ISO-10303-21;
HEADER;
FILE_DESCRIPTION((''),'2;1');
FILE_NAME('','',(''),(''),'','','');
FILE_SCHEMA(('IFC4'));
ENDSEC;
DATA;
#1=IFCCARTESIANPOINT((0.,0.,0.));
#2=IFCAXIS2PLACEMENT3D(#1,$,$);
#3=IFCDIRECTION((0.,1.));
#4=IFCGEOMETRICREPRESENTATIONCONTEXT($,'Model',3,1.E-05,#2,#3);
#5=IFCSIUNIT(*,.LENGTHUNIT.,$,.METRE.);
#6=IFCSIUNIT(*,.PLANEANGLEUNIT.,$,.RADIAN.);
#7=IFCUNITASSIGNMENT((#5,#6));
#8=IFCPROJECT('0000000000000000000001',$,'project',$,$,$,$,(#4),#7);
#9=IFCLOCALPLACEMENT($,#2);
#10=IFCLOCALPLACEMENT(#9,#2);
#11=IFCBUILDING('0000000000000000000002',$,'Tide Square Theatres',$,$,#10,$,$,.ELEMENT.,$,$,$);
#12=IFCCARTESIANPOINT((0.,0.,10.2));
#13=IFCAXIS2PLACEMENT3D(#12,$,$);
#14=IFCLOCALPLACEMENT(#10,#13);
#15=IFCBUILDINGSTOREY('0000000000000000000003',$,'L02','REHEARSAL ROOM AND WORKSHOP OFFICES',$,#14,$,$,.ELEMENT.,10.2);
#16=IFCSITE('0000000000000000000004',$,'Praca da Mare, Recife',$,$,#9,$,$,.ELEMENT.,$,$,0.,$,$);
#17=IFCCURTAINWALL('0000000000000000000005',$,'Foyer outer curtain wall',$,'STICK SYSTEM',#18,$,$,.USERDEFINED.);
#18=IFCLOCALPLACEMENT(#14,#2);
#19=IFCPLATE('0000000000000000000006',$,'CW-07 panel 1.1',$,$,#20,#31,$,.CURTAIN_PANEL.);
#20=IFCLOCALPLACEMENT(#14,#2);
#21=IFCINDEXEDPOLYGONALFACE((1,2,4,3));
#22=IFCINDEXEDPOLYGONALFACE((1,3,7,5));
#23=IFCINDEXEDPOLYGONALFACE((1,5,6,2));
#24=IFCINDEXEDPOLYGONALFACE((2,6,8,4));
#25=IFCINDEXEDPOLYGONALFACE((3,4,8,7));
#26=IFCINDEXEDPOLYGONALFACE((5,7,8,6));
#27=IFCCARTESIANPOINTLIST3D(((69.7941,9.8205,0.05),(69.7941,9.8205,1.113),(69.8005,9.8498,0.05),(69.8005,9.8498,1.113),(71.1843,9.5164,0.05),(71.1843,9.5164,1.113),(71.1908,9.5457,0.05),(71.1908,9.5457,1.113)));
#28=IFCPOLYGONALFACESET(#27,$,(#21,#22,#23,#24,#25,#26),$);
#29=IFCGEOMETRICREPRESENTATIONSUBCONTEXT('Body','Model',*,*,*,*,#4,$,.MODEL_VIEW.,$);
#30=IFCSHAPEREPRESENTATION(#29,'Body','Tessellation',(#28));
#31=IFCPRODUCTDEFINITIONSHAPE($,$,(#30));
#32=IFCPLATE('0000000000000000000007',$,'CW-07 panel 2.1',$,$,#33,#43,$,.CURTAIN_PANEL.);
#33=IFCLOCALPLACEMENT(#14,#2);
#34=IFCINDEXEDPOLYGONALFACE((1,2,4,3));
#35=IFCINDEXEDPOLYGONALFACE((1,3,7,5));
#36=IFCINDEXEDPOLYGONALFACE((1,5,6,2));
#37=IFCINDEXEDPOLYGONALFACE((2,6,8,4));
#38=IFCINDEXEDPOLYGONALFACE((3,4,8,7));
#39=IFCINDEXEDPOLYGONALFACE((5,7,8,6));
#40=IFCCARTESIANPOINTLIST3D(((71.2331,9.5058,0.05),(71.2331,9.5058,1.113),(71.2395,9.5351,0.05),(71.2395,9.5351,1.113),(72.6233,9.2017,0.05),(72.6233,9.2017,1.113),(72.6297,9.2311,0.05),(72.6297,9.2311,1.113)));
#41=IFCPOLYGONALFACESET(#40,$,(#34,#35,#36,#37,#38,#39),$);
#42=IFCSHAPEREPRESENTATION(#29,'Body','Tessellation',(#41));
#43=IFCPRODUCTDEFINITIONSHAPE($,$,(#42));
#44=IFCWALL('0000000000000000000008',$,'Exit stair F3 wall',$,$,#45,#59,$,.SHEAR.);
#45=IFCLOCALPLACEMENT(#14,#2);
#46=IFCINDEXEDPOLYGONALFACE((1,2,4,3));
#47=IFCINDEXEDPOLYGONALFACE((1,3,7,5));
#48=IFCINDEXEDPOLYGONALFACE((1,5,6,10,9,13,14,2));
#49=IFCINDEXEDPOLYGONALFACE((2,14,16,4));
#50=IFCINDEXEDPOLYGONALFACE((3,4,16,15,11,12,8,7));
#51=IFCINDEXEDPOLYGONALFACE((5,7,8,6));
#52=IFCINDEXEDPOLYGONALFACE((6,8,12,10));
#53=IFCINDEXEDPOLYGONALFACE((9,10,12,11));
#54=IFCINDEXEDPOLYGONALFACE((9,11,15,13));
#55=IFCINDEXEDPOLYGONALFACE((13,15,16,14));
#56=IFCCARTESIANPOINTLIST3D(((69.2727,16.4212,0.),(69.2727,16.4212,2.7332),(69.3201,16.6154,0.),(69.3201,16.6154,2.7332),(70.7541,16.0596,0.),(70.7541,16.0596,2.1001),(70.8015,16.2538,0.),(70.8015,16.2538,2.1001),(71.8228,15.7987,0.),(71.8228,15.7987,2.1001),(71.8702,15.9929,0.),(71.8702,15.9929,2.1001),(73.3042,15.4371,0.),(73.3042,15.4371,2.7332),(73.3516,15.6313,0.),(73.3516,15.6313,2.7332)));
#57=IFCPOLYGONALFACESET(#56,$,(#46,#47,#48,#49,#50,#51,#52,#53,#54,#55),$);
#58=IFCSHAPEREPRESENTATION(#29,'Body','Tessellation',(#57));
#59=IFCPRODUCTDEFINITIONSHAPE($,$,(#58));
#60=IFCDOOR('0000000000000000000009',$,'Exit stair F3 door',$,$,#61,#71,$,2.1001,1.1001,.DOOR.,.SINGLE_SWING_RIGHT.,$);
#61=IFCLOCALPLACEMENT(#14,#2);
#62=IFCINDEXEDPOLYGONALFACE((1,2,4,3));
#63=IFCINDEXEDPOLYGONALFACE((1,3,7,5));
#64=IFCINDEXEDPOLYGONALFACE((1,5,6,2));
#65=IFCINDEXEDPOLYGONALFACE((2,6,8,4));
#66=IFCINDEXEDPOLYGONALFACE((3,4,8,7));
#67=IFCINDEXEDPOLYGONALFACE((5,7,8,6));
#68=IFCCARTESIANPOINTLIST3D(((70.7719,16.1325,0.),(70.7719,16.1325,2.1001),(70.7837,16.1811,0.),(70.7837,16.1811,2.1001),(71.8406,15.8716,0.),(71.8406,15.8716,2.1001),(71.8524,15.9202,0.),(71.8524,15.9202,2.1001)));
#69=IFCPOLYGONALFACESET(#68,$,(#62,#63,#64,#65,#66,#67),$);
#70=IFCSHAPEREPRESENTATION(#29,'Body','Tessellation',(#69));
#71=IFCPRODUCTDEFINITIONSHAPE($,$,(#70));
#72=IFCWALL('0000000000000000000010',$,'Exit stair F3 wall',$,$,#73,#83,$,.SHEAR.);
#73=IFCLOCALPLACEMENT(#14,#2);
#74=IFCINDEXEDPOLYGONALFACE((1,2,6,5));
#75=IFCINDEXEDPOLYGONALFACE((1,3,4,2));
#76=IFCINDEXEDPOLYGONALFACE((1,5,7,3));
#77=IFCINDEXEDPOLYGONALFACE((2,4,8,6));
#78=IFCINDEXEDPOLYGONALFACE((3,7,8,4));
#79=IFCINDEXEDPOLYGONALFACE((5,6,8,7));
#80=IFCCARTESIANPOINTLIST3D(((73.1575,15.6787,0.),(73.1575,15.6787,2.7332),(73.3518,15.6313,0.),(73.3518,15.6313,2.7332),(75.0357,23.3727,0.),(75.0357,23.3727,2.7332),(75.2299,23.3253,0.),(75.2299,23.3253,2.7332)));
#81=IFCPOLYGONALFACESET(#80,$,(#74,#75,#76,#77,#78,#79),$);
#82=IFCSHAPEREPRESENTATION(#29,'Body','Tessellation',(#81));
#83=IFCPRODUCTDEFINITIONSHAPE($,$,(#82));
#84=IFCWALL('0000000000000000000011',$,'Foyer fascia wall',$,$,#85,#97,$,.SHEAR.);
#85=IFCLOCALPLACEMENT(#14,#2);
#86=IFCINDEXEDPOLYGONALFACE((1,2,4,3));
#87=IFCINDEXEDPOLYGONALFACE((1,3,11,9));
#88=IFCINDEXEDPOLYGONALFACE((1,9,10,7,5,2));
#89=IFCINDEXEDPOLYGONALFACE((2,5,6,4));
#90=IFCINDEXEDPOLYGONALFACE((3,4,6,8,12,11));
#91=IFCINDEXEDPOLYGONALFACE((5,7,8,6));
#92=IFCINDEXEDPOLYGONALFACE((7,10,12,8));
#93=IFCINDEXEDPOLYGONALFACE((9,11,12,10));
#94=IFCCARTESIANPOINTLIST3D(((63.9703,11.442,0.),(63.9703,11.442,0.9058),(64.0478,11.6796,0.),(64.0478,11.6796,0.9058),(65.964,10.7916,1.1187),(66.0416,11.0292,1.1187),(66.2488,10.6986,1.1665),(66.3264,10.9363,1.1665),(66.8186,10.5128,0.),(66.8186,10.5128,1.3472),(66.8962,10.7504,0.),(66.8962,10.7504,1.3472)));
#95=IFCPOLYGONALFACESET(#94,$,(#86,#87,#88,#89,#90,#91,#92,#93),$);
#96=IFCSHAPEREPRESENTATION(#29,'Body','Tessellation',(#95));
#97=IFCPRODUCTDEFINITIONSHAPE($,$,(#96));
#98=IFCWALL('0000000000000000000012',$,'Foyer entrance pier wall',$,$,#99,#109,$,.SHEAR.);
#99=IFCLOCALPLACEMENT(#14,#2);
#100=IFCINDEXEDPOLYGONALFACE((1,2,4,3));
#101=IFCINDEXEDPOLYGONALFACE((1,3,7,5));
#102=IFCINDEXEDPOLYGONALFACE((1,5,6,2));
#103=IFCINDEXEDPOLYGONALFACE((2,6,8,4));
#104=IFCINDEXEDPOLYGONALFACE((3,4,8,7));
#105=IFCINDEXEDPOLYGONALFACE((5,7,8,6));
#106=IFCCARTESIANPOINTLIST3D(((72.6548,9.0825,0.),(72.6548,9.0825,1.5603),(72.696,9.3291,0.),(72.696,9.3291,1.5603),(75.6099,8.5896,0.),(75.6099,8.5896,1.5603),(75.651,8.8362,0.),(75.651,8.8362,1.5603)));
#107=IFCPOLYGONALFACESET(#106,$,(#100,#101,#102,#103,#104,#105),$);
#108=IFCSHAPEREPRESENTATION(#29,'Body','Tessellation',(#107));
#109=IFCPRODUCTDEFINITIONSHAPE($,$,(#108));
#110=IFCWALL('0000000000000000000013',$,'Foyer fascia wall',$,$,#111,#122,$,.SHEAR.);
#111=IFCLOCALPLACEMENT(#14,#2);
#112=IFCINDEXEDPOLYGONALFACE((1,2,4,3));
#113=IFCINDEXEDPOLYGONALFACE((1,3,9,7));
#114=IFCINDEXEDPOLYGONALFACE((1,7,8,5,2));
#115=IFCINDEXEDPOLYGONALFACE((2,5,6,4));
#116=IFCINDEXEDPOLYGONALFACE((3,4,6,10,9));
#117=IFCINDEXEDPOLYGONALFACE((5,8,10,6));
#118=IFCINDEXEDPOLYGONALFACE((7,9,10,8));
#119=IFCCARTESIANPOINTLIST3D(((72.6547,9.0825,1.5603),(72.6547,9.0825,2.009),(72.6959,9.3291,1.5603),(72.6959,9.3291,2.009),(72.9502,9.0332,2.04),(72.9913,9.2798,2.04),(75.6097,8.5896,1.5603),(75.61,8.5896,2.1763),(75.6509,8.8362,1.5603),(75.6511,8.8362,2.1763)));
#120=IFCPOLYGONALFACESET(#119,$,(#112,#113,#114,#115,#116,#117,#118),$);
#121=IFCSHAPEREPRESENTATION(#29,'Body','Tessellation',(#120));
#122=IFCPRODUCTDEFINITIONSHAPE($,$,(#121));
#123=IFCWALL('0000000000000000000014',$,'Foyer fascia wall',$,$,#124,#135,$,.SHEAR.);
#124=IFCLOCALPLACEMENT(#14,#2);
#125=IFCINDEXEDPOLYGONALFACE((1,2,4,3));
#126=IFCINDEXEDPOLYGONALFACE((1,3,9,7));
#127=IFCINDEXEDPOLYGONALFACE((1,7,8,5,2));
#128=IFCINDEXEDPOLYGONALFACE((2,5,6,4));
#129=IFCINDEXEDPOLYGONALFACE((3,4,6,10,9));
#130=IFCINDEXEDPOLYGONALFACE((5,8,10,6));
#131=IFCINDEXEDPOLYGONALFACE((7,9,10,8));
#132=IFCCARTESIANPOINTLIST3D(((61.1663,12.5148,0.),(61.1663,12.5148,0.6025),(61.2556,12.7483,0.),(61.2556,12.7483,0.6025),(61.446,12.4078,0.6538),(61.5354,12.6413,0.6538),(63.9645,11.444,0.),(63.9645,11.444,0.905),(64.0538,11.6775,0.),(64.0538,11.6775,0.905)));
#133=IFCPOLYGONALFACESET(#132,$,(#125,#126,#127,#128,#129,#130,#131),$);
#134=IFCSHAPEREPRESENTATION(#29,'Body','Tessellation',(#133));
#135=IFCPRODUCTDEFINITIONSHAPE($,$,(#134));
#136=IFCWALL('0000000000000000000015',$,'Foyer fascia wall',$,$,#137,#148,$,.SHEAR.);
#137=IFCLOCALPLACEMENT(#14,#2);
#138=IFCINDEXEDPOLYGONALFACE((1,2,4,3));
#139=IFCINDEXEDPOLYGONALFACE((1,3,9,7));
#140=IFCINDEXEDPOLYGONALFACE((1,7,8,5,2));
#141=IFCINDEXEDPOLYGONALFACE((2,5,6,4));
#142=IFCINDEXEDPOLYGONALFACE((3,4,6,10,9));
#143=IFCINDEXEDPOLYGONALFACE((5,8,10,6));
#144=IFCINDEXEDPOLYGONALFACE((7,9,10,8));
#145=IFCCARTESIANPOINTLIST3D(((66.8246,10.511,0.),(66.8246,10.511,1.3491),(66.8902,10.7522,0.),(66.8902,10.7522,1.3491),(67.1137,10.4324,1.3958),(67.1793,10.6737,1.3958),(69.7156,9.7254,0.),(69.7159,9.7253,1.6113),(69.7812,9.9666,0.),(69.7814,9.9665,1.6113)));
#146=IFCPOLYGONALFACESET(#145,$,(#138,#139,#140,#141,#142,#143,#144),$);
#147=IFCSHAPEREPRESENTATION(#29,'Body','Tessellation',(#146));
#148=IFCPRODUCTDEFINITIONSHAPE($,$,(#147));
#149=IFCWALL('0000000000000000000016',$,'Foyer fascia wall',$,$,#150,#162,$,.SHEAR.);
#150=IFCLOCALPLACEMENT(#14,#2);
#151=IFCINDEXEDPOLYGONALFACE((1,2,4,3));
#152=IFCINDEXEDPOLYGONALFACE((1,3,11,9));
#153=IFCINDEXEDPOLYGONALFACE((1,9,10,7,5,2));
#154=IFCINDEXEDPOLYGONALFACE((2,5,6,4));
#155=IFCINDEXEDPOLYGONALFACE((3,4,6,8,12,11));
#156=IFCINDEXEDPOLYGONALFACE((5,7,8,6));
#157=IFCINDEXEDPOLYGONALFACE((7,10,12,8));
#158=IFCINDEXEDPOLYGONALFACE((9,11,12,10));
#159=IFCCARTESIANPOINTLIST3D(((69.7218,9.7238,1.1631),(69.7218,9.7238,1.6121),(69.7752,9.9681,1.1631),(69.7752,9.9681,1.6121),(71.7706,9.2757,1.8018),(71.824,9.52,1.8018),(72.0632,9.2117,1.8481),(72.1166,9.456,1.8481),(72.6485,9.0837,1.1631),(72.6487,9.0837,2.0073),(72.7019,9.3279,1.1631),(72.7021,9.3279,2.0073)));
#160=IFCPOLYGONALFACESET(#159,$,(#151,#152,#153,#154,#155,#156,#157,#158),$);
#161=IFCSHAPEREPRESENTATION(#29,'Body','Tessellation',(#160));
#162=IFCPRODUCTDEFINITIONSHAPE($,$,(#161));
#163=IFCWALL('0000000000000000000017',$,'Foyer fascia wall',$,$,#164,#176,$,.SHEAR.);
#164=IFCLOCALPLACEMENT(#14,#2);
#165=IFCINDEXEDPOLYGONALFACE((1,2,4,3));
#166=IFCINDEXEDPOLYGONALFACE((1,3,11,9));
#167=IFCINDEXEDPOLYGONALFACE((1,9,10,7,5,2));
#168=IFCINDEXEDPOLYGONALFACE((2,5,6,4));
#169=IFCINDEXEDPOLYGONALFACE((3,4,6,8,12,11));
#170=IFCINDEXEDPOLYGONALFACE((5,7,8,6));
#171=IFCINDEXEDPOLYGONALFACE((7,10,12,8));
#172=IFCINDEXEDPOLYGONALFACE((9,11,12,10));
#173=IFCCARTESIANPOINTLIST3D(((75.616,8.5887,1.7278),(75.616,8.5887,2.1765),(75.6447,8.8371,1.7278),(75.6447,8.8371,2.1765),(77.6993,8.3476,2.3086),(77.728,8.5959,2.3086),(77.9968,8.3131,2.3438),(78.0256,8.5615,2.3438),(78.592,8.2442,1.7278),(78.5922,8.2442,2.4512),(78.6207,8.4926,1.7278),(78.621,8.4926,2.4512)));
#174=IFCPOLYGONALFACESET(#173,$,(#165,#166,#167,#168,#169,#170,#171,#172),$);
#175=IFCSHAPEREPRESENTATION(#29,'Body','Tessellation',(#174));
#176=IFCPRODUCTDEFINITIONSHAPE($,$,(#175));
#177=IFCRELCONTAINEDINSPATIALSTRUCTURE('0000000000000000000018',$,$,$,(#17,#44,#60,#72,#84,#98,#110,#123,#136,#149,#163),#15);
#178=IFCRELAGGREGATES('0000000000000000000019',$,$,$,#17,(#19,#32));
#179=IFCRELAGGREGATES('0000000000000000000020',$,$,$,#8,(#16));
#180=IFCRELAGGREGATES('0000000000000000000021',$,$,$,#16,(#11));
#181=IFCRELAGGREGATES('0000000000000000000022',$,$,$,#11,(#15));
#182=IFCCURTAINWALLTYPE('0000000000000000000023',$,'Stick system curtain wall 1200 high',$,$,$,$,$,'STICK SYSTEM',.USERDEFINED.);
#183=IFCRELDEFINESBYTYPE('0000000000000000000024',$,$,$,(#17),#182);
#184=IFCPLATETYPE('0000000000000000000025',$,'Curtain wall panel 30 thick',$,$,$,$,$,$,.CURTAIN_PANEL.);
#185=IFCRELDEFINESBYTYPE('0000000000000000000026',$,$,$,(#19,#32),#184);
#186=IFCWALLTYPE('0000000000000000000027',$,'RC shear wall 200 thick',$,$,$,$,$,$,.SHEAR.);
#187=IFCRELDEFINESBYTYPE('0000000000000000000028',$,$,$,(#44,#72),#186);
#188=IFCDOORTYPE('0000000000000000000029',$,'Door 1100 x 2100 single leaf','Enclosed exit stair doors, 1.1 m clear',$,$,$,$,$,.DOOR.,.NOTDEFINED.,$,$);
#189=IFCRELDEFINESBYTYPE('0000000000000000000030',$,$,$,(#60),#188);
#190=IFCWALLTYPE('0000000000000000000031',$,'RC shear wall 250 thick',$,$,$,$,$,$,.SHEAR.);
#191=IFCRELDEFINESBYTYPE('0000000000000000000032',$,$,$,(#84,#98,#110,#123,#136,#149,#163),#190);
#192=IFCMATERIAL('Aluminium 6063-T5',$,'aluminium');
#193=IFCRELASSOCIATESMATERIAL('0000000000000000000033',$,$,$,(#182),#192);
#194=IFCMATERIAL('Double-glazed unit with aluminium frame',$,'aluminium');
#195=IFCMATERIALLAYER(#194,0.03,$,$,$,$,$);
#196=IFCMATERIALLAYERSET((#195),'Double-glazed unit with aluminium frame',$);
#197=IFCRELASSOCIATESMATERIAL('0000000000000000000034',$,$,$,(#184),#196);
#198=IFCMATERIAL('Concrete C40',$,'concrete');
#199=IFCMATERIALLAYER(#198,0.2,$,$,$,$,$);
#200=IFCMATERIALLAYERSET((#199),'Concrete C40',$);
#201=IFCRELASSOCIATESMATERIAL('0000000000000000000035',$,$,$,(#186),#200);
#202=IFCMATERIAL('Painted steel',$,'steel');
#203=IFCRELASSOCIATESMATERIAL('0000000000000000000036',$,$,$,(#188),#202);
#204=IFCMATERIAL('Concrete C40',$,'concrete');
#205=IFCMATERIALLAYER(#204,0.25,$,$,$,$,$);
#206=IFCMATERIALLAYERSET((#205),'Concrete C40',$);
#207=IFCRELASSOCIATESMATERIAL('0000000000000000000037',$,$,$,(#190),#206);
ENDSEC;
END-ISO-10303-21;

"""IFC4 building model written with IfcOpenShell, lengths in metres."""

from ifc_helpers import new_model, si_unit, direction, frame, frame_2d, origin, origin_2d, place, context, subcontext, project, spatial, polyline, rectangle, outline, extrude, material, layer, layer_set, type_object, element, fill, aggregate, save


model = new_model("IFC4")

# Units and contexts
model_context = context("Model", 3, precision=1e-05, world=origin(), true_north=direction((0.0, 1.0)))
body_context = subcontext(model_context, "Body", "Model", "MODEL_VIEW")
ifc_project = project(units=[si_unit("LENGTHUNIT", "METRE"), si_unit("PLANEANGLEUNIT", "RADIAN")], contexts=[model_context])

# Site, building, storey
site_placement = place(None, origin())
site = spatial("IfcSite", under=ifc_project, at=site_placement, Name="Praca da Mare, Recife", CompositionType="ELEMENT", RefElevation=0.0)
building_placement = place(site_placement, origin())
building = spatial("IfcBuilding", under=site, at=building_placement, Name="Tide Square Theatres", CompositionType="ELEMENT")
storey_placement = place(building_placement, frame((0.0, 0.0, 10.2)))
storey = spatial("IfcBuildingStorey", under=building, at=storey_placement, Name="L02", Description="REHEARSAL ROOM AND WORKSHOP OFFICES", CompositionType="ELEMENT", Elevation=10.2)

# Curtain wall
ifc_material_1 = material(Name="Aluminium 6063-T5", Category="aluminium")
curtain_wall_type = type_object("IfcCurtainWallType", Name="Stick system curtain wall 1200 high", ElementType="STICK SYSTEM", PredefinedType="USERDEFINED", material=ifc_material_1)
curtain_wall_1_placement = place(storey_placement, origin())
curtain_wall_1 = element("IfcCurtainWall", 1, at=curtain_wall_1_placement, inside=storey, type_object=curtain_wall_type, Name="Foyer outer curtain wall", ObjectType="STICK SYSTEM", PredefinedType="USERDEFINED")

# Plates
ifc_material_2 = material(Name="Double-glazed unit with aluminium frame", Category="aluminium")
ifc_layer_1 = layer(ifc_material_2, 0.03)
ifc_layer_set_1 = layer_set([ifc_layer_1], Name="Double-glazed unit with aluminium frame")
plate_type = type_object("IfcPlateType", Name="Curtain wall panel 30 thick", PredefinedType="CURTAIN_PANEL", material=ifc_layer_set_1)
plate_1_placement = place(storey_placement, frame((70.4924, 9.6831, 0.05), z_axis=(0.0, 0.0, 1.0), x_axis=(0.97691, -0.213653, 0.0)))
plate_1 = element("IfcPlate", 2, at=plate_1_placement, type_object=plate_type, Name="CW-07 panel 1.1", PredefinedType="CURTAIN_PANEL", context=body_context, shape_type="SweptSolid", body=[
    extrude(rectangle(XDim=1.4231, YDim=0.03, at=origin_2d()), origin(), (0.0, 0.0, 1.0), 1.063),
])
plate_2_placement = place(storey_placement, frame((71.9314, 9.3684, 0.05), z_axis=(0.0, 0.0, 1.0), x_axis=(0.97691, -0.213653, 0.0)))
plate_2 = element("IfcPlate", 3, at=plate_2_placement, type_object=plate_type, Name="CW-07 panel 2.1", PredefinedType="CURTAIN_PANEL", context=body_context, shape_type="SweptSolid", body=[
    extrude(rectangle(XDim=1.4231, YDim=0.03, at=origin_2d()), origin(), (0.0, 0.0, 1.0), 1.063),
])
aggregate(curtain_wall_1, [plate_1, plate_2])

# Wall, opening, door
ifc_material_3 = material(Name="Concrete C40", Category="concrete")
ifc_layer_2 = layer(ifc_material_3, 0.2)
ifc_layer_set_2 = layer_set([ifc_layer_2], Name="Concrete C40")
wall_type_1 = type_object("IfcWallType", Name="RC shear wall 200 thick", PredefinedType="SHEAR", material=ifc_layer_set_2)
wall_1_placement = place(storey_placement, frame((73.3279, 15.5342, 0.0), z_axis=(0.0, 0.0, 1.0), x_axis=(-0.971474, 0.237147, 0.0)))
wall_1 = element("IfcWall", 4, at=wall_1_placement, inside=storey, type_object=wall_type_1, Name="Exit stair F3 wall", PredefinedType="SHEAR", context=body_context, shape_type="SweptSolid", body=[
    extrude(rectangle(XDim=4.1499, YDim=0.2, at=frame_2d((2.075, 0.0))), origin(), (0.0, 0.0, 1.0), 2.7332),
])
opening_placement = place(wall_1_placement, frame((1.5249, 0.0, 0.0)))
opening = element("IfcOpeningElement", 5, at=opening_placement, cuts=wall_1, PredefinedType="OPENING", context=body_context, shape_type="SweptSolid", body=[
    extrude(rectangle(XDim=1.1001, YDim=2.1001, at=frame_2d((0.55, 1.05))), frame((0.0, 0.1099, 0.0), z_axis=(0.0, -1.0, 0.0), x_axis=(1.0, 0.0, 0.0)), (0.0, 0.0, 1.0), 0.22),
])
ifc_material_4 = material(Name="Painted steel", Category="steel")
door_type = type_object("IfcDoorType", Name="Door 1100 x 2100 single leaf", Description="Enclosed exit stair doors, 1.1 m clear", OperationType="NOTDEFINED", PredefinedType="DOOR", material=ifc_material_4)
door_placement = place(opening_placement, origin())
door = element("IfcDoor", 6, at=door_placement, inside=storey, type_object=door_type, Name="Exit stair F3 door", OperationType="SINGLE_SWING_RIGHT", OverallHeight=2.1001, OverallWidth=1.1001, PredefinedType="DOOR", context=body_context, shape_type="SweptSolid", body=[
    extrude(rectangle(XDim=1.1001, YDim=2.1001, at=frame_2d((0.55, 1.05))), frame((0.0, 0.0249, 0.0), z_axis=(0.0, -1.0, 0.0), x_axis=(1.0, 0.0, 0.0)), (0.0, 0.0, 1.0), 0.05),
])
fill(opening, door)

# Walls
wall_2_placement = place(storey_placement, frame((73.2546, 15.655, 0.0), z_axis=(0.0, 0.0, 1.0), x_axis=(0.237143, 0.971475, 0.0)))
element("IfcWall", 7, at=wall_2_placement, inside=storey, type_object=wall_type_1, Name="Exit stair F3 wall", PredefinedType="SHEAR", context=body_context, shape_type="SweptSolid", body=[
    extrude(rectangle(XDim=7.9199, YDim=0.2, at=frame_2d((3.96, 0.0))), origin(), (0.0, 0.0, 1.0), 2.7332),
])
ifc_material_5 = material(Name="Concrete C40", Category="concrete")
ifc_layer_3 = layer(ifc_material_5, 0.25)
ifc_layer_set_3 = layer_set([ifc_layer_3], Name="Concrete C40")
wall_type_2 = type_object("IfcWallType", Name="RC shear wall 250 thick", PredefinedType="SHEAR", material=ifc_layer_set_3)
wall_3_placement = place(storey_placement, frame((64.009, 11.5608, 0.0), z_axis=(0.0, 0.0, 1.0), x_axis=(0.950693, -0.310134, 0.0)))
element("IfcWall", 8, at=wall_3_placement, inside=storey, type_object=wall_type_2, Name="Foyer fascia wall", PredefinedType="SHEAR", context=body_context, shape_type="SweptSolid", body=[
    extrude(outline(polyline([(0.0, 0.0), (2.9961, 0.0), (2.9961, 1.3472), (2.3967, 1.1665), (2.0972, 1.1187), (0.0, 0.9058), (0.0, 0.0)])), frame((0.0, 0.125, 0.0), z_axis=(0.0, -1.0, 0.0), x_axis=(1.0, 0.0, 0.0)), (0.0, 0.0, 1.0), 0.25),
])
wall_4_placement = place(storey_placement, frame((72.6753, 9.2058, 0.0), z_axis=(0.0, 0.0, 1.0), x_axis=(0.986372, -0.164531, 0.0)))
element("IfcWall", 9, at=wall_4_placement, inside=storey, type_object=wall_type_2, Name="Foyer entrance pier wall", PredefinedType="SHEAR", context=body_context, shape_type="SweptSolid", body=[
    extrude(rectangle(XDim=2.9958, YDim=0.25, at=frame_2d((1.498, 0.0))), origin(), (0.0, 0.0, 1.0), 1.5603),
])
wall_5_placement = place(storey_placement, frame((72.6753, 9.2058, 1.5603), z_axis=(0.0, 0.0, 1.0), x_axis=(0.986372, -0.164531, 0.0)))
element("IfcWall", 10, at=wall_5_placement, inside=storey, type_object=wall_type_2, Name="Foyer fascia wall", PredefinedType="SHEAR", context=body_context, shape_type="SweptSolid", body=[
    extrude(outline(polyline([(0.0, 0.0), (2.9958, 0.0), (2.9961, 0.616), (0.2996, 0.4797), (0.0, 0.4487), (0.0, 0.0)])), frame((0.0, 0.125, 0.0), z_axis=(0.0, -1.0, 0.0), x_axis=(1.0, 0.0, 0.0)), (0.0, 0.0, 1.0), 0.25),
])
wall_6_placement = place(storey_placement, frame((61.2109, 12.6316, 0.0), z_axis=(0.0, 0.0, 1.0), x_axis=(0.933947, -0.357411, 0.0)))
element("IfcWall", 11, at=wall_6_placement, inside=storey, type_object=wall_type_2, Name="Foyer fascia wall", PredefinedType="SHEAR", context=body_context, shape_type="SweptSolid", body=[
    extrude(outline(polyline([(0.0, 0.0), (2.9961, 0.0), (2.9961, 0.905), (0.2996, 0.6538), (0.0, 0.6025), (0.0, 0.0)])), frame((0.0, 0.125, 0.0), z_axis=(0.0, -1.0, 0.0), x_axis=(1.0, 0.0, 0.0)), (0.0, 0.0, 1.0), 0.25),
])
wall_7_placement = place(storey_placement, frame((66.8574, 10.6316, 0.0), z_axis=(0.0, 0.0, 1.0), x_axis=(0.965004, -0.262235, 0.0)))
element("IfcWall", 12, at=wall_7_placement, inside=storey, type_object=wall_type_2, Name="Foyer fascia wall", PredefinedType="SHEAR", context=body_context, shape_type="SweptSolid", body=[
    extrude(outline(polyline([(0.0, 0.0), (2.9958, 0.0), (2.9961, 1.6113), (0.2996, 1.3958), (0.0, 1.3491), (0.0, 0.0)])), frame((0.0, 0.125, 0.0), z_axis=(0.0, -1.0, 0.0), x_axis=(1.0, 0.0, 0.0)), (0.0, 0.0, 1.0), 0.25),
])
wall_8_placement = place(storey_placement, frame((69.7485, 9.8459, 1.1631), z_axis=(0.0, 0.0, 1.0), x_axis=(0.976906, -0.213668, 0.0)))
element("IfcWall", 13, at=wall_8_placement, inside=storey, type_object=wall_type_2, Name="Foyer fascia wall", PredefinedType="SHEAR", context=body_context, shape_type="SweptSolid", body=[
    extrude(outline(polyline([(0.0, 0.0), (2.9958, 0.0), (2.9961, 0.8442), (2.3967, 0.6851), (2.0972, 0.6387), (0.0, 0.449), (0.0, 0.0)])), frame((0.0, 0.125, 0.0), z_axis=(0.0, -1.0, 0.0), x_axis=(1.0, 0.0, 0.0)), (0.0, 0.0, 1.0), 0.25),
])
wall_9_placement = place(storey_placement, frame((75.6304, 8.7129, 1.7278), z_axis=(0.0, 0.0, 1.0), x_axis=(0.993367, -0.114983, 0.0)))
element("IfcWall", 14, at=wall_9_placement, inside=storey, type_object=wall_type_2, Name="Foyer fascia wall", PredefinedType="SHEAR", context=body_context, shape_type="SweptSolid", body=[
    extrude(outline(polyline([(0.0, 0.0), (2.9958, 0.0), (2.9961, 0.7234), (2.3967, 0.616), (2.0972, 0.5808), (0.0, 0.4487), (0.0, 0.0)])), frame((0.0, 0.125, 0.0), z_axis=(0.0, -1.0, 0.0), x_axis=(1.0, 0.0, 0.0)), (0.0, 0.0, 1.0), 0.25),
])

save(model, "model.ifc")
